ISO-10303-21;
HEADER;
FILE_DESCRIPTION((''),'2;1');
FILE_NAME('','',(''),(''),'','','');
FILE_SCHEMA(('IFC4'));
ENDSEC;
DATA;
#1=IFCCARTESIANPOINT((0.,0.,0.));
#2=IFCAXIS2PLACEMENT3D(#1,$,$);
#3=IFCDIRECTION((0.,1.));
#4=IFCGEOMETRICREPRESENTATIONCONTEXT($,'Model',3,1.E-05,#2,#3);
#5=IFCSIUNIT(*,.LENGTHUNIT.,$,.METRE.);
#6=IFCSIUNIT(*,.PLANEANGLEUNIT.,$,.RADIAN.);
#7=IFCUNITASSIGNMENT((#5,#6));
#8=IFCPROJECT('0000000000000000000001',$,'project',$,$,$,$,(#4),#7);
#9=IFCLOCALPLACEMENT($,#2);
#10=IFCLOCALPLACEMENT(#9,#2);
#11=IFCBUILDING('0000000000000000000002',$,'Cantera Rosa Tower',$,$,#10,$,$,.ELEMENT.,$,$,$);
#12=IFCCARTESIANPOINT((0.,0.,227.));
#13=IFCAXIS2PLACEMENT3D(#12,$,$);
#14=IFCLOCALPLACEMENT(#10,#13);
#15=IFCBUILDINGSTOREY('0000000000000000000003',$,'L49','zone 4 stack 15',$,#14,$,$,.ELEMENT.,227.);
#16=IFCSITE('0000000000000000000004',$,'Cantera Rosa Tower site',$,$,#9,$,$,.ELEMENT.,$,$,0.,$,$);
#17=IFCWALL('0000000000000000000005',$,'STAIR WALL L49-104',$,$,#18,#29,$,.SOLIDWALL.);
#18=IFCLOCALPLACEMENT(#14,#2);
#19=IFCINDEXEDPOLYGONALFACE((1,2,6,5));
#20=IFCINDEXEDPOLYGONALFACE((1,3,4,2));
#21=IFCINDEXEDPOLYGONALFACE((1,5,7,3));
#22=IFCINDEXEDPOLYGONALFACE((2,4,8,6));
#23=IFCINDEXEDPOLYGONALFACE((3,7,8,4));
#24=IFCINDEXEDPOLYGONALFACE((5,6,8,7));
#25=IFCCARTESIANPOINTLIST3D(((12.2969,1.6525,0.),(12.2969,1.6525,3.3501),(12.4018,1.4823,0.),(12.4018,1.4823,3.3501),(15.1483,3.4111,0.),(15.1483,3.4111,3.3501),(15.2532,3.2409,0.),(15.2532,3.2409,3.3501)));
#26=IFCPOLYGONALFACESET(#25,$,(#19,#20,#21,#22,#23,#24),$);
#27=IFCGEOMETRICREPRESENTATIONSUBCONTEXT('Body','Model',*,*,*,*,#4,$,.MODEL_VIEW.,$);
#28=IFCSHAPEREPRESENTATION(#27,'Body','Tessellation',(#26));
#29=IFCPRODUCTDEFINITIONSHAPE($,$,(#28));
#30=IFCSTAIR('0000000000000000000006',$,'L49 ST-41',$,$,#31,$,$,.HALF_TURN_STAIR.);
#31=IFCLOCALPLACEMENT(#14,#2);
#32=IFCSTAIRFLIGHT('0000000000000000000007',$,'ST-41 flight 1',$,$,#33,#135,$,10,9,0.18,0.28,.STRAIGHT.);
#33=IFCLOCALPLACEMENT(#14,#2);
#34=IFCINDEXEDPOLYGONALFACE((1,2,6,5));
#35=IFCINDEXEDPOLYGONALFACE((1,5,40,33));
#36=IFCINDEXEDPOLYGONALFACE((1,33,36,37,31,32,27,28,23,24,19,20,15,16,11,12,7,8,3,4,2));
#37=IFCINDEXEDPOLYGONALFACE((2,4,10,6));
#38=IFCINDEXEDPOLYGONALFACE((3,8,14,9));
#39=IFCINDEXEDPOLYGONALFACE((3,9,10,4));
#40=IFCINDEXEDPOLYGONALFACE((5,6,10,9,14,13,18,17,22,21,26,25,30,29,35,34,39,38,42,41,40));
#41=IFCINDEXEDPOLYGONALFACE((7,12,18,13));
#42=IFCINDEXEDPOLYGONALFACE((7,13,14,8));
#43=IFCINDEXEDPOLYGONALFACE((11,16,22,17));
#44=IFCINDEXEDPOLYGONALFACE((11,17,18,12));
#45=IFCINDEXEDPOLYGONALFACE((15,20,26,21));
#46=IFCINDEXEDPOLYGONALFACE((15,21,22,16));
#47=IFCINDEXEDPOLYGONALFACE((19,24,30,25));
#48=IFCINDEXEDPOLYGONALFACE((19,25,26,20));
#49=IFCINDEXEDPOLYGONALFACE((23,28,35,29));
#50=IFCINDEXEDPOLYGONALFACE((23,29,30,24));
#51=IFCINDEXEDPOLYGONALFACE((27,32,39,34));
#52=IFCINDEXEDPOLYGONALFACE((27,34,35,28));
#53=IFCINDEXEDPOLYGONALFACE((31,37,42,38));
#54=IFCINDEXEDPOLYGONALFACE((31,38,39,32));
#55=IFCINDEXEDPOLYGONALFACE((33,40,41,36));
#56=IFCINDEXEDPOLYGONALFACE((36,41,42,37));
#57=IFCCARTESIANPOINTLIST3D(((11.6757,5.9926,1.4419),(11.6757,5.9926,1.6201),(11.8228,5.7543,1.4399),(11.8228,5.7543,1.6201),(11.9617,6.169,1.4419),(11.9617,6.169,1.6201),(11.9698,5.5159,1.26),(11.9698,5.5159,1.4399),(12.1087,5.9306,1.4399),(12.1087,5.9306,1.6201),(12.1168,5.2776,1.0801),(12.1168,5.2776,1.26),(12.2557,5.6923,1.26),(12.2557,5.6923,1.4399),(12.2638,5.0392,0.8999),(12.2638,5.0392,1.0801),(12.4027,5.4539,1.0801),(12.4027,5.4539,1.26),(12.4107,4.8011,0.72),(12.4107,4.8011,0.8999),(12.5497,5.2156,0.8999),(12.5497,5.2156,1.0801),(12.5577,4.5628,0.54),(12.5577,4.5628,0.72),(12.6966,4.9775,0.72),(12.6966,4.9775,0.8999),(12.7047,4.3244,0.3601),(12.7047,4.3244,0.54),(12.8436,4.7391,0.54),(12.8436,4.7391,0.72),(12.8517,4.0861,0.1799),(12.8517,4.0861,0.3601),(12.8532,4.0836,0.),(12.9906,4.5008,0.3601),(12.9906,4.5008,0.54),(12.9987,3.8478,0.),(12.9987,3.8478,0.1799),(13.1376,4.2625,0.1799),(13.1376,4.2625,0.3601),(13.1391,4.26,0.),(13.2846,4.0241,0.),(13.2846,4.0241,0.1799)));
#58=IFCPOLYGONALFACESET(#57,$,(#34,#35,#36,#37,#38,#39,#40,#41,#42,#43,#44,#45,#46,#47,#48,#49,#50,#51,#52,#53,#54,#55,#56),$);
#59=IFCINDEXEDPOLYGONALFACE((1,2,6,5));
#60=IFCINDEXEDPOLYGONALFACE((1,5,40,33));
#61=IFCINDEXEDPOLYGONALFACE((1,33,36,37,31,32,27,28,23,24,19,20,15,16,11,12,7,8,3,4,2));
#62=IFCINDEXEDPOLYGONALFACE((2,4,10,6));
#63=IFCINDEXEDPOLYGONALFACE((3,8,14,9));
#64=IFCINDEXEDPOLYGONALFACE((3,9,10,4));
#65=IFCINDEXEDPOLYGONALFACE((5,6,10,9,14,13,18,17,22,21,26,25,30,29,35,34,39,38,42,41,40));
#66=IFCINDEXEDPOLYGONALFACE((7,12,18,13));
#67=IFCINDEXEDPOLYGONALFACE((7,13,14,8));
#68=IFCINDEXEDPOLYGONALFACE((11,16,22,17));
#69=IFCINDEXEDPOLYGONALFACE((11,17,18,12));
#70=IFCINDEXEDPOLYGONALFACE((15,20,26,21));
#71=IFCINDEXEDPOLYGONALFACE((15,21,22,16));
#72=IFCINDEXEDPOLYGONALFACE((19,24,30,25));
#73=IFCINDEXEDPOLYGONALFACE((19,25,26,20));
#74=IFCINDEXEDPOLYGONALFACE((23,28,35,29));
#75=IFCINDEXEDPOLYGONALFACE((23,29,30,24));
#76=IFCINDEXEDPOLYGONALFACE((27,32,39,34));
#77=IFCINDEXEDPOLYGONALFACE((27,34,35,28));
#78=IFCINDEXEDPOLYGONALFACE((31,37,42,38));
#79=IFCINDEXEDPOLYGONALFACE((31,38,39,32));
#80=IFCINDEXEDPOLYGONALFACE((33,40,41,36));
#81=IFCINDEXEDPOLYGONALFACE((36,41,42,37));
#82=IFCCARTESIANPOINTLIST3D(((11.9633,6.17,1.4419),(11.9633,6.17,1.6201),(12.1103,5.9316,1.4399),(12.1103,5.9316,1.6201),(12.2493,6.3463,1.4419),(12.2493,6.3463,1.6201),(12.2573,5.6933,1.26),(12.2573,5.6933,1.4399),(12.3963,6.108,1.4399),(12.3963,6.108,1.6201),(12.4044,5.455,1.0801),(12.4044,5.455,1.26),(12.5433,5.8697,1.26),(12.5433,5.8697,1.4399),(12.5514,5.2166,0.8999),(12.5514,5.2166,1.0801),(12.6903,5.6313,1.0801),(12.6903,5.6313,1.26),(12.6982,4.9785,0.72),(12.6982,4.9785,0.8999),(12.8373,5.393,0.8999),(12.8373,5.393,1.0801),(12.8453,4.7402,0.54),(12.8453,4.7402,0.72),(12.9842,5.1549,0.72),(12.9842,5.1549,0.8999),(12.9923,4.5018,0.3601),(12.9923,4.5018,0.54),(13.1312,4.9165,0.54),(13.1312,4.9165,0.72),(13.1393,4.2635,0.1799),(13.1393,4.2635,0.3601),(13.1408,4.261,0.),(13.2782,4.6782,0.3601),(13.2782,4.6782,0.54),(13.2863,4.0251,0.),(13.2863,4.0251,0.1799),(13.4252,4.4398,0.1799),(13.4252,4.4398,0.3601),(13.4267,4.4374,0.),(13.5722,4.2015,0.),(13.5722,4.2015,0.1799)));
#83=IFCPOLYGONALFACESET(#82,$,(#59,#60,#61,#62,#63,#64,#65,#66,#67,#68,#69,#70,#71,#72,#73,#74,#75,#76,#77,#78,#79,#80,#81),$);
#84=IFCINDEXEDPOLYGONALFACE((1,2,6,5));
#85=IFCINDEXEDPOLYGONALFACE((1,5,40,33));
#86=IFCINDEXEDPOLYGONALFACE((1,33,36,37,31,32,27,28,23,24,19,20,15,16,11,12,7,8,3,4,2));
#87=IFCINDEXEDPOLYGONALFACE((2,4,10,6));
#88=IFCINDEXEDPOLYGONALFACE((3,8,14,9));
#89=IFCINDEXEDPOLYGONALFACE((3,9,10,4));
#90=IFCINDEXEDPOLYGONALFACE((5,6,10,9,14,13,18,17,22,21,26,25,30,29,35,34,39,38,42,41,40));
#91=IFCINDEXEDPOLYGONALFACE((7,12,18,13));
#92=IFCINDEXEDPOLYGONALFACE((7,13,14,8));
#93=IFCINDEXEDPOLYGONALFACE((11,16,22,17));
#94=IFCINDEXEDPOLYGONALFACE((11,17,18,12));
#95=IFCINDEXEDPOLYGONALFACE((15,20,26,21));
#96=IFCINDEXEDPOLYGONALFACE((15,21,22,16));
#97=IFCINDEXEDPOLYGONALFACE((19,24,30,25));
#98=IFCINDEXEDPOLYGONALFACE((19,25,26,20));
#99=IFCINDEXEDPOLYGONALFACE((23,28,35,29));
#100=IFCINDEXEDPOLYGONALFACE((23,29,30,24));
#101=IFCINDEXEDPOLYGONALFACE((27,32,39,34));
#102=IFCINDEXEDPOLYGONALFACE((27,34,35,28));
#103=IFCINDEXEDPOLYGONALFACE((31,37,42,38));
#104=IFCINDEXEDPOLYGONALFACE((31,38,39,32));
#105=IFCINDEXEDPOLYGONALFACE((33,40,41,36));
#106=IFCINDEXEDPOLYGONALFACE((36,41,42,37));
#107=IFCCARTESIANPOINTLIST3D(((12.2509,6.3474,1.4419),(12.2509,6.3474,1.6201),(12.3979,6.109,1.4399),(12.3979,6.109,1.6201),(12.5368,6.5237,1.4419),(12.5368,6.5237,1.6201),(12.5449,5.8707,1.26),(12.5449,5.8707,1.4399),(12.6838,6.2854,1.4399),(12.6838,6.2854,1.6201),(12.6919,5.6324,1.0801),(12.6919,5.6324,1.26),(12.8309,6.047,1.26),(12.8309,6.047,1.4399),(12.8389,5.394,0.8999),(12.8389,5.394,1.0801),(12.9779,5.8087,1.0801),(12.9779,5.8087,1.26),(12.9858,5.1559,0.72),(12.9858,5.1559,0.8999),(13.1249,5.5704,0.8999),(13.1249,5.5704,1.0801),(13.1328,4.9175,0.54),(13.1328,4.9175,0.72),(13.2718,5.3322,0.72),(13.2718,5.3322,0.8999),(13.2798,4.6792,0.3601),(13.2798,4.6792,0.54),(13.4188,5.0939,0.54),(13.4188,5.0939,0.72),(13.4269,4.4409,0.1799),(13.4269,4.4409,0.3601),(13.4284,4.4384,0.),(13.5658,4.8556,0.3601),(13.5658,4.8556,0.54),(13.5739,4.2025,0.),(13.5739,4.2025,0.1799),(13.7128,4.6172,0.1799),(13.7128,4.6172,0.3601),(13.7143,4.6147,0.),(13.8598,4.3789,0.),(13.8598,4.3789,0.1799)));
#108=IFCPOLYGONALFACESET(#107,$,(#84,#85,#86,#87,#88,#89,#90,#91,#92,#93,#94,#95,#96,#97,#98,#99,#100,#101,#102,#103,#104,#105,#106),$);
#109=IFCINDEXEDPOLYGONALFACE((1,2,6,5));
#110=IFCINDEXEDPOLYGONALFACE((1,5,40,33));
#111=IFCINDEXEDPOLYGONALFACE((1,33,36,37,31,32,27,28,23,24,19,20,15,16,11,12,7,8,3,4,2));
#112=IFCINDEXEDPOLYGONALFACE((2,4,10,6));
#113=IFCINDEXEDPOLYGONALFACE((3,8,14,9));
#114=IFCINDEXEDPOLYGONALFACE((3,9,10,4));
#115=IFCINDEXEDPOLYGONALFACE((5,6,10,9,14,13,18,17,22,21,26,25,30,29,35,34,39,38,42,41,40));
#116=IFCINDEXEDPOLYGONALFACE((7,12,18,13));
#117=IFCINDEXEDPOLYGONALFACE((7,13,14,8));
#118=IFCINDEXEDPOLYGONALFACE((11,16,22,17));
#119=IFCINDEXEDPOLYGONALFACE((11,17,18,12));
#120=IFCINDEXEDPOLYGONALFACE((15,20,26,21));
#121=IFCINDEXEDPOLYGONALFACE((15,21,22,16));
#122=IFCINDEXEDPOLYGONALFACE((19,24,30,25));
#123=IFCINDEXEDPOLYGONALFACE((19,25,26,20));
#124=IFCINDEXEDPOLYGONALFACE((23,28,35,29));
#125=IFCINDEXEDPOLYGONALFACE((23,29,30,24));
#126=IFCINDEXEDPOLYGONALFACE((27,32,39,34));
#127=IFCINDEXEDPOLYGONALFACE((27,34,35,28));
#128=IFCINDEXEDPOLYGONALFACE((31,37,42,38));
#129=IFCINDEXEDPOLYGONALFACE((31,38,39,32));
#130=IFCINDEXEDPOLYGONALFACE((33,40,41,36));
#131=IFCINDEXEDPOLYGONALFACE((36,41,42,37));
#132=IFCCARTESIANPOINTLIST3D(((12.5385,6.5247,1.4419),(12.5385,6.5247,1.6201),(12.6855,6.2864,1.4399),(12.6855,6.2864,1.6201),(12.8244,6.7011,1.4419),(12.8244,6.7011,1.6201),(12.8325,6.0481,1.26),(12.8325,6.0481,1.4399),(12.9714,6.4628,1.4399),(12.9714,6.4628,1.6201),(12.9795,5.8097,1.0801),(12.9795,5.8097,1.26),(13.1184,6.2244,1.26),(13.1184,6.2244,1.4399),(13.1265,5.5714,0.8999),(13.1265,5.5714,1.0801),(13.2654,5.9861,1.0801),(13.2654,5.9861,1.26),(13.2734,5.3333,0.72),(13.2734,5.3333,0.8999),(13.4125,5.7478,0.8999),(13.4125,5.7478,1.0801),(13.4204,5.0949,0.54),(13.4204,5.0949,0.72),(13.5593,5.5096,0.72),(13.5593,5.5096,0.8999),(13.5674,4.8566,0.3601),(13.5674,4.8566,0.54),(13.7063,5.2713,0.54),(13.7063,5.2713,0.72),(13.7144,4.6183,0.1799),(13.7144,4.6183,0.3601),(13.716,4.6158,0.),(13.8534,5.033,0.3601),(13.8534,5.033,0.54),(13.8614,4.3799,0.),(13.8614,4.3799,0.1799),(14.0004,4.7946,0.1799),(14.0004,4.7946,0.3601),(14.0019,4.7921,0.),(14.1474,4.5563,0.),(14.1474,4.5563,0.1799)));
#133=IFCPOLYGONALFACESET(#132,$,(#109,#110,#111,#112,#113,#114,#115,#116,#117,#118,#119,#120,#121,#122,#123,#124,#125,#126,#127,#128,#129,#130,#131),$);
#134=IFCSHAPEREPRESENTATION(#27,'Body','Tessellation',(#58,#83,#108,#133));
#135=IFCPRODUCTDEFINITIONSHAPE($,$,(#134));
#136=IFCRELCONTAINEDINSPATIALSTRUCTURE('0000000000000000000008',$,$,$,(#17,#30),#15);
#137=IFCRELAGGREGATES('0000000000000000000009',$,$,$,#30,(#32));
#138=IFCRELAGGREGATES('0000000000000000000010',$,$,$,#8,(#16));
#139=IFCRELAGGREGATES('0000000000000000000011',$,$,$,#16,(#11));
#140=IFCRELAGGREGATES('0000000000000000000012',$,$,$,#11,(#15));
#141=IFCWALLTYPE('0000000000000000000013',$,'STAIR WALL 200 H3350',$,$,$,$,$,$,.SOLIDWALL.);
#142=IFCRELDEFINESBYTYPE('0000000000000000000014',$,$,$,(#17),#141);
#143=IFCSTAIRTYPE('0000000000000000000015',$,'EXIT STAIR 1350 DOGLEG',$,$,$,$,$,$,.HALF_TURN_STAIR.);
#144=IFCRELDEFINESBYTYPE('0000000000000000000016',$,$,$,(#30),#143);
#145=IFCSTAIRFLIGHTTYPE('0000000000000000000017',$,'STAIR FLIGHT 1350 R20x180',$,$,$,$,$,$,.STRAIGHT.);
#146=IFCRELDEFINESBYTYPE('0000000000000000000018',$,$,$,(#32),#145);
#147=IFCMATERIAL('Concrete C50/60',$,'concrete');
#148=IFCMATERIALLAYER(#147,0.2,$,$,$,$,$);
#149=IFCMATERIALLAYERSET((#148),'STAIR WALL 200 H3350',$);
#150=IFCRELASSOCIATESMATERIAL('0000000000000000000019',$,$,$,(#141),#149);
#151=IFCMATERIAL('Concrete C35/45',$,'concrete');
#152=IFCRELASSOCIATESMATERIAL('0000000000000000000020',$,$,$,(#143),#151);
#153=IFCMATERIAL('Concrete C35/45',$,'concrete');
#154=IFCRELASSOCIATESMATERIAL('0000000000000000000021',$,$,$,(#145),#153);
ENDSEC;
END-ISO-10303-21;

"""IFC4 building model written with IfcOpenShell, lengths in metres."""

from ifc_helpers import new_model, si_unit, direction, frame, frame_2d, origin, place, context, subcontext, project, spatial, polyline, rectangle, outline, extrude, material, layer, layer_set, type_object, element, aggregate, save


model = new_model("IFC4")

# Units and contexts
model_context = context("Model", 3, precision=1e-05, world=origin(), true_north=direction((0.0, 1.0)))
body_context = subcontext(model_context, "Body", "Model", "MODEL_VIEW")
ifc_project = project(units=[si_unit("LENGTHUNIT", "METRE"), si_unit("PLANEANGLEUNIT", "RADIAN")], contexts=[model_context])

# Site, building, storey
site_placement = place(None, origin())
site = spatial("IfcSite", under=ifc_project, at=site_placement, Name="Cantera Rosa Tower site", CompositionType="ELEMENT", RefElevation=0.0)
building_placement = place(site_placement, origin())
building = spatial("IfcBuilding", under=site, at=building_placement, Name="Cantera Rosa Tower", CompositionType="ELEMENT")
storey_placement = place(building_placement, frame((0.0, 0.0, 227.0)))
storey = spatial("IfcBuildingStorey", under=building, at=storey_placement, Name="L49", Description="zone 4 stack 15", CompositionType="ELEMENT", Elevation=227.0)

# Shared definitions
ifc_material_1 = material(Name="Concrete C50/60", Category="concrete")
ifc_layer_1 = layer(ifc_material_1, 0.2)
ifc_layer_set_1 = layer_set([ifc_layer_1], Name="STAIR WALL 200 H3350")
wall_type_1 = type_object("IfcWallType", Name="STAIR WALL 200 H3350", PredefinedType="SOLIDWALL", material=ifc_layer_set_1)

# Wall
wall_1_placement = place(storey_placement, frame((12.3494, 1.5674, 0.0), z_axis=(0.0, 0.0, 1.0), x_axis=(0.85114, 0.524939, 0.0)))
element("IfcWall", 1, at=wall_1_placement, inside=storey, type_object=wall_type_1, Name="STAIR WALL L49-104", PredefinedType="SOLIDWALL", context=body_context, shape_type="SweptSolid", body=[
    extrude(rectangle(XDim=3.3501, YDim=0.2, at=frame_2d((1.675, 0.0))), origin(), (0.0, 0.0, 1.0), 3.3501),
])

# Stair, stair flight
ifc_material_2 = material(Name="Concrete C35/45", Category="concrete")
stair_type = type_object("IfcStairType", Name="EXIT STAIR 1350 DOGLEG", PredefinedType="HALF_TURN_STAIR", material=ifc_material_2)
stair_placement = place(storey_placement, origin())
stair = element("IfcStair", 2, at=stair_placement, inside=storey, type_object=stair_type, Name="L49 ST-41", PredefinedType="HALF_TURN_STAIR")
ifc_material_3 = material(Name="Concrete C35/45", Category="concrete")
stair_flight_type = type_object("IfcStairFlightType", Name="STAIR FLIGHT 1350 R20x180", PredefinedType="STRAIGHT", material=ifc_material_3)
stair_flight_1_placement = place(storey_placement, frame((13.5732, 4.2021, 0.0), z_axis=(0.0, 0.0, 1.0), x_axis=(-0.524977, 0.851117, 0.0)))
stair_flight_1 = element("IfcStairFlight", 3, at=stair_flight_1_placement, type_object=stair_flight_type, Name="ST-41 flight 1", NumberOfRisers=10, NumberOfTreads=9, PredefinedType="STRAIGHT", RiserHeight=0.18, TreadLength=0.28, context=body_context, shape_type="SweptSolid", body=[
    extrude(outline(polyline([(0.0, 0.0), (0.0, 0.1799), (0.28, 0.1799), (0.28, 0.3601), (0.5601, 0.3601), (0.5601, 0.54), (0.8401, 0.54), (0.8401, 0.72), (1.1201, 0.72), (1.1201, 0.8999), (1.3999, 0.8999), (1.3999, 1.0801), (1.6799, 1.0801), (1.6799, 1.26), (1.96, 1.26), (1.96, 1.4399), (2.24, 1.4399), (2.24, 1.6201), (2.52, 1.6201), (2.52, 1.8), (2.52, 1.4419), (0.2771, 0.0), (0.0, 0.0)])), frame((0.0, 0.675, 0.0), z_axis=(0.0, -1.0, 0.0), x_axis=(1.0, 0.0, 0.0)), (0.0, 0.0, 1.0), 0.3359),
    extrude(outline(polyline([(0.0, 0.0), (0.0, 0.1799), (0.28, 0.1799), (0.28, 0.3601), (0.5601, 0.3601), (0.5601, 0.54), (0.8401, 0.54), (0.8401, 0.72), (1.1201, 0.72), (1.1201, 0.8999), (1.3999, 0.8999), (1.3999, 1.0801), (1.6799, 1.0801), (1.6799, 1.26), (1.96, 1.26), (1.96, 1.4399), (2.24, 1.4399), (2.24, 1.6201), (2.52, 1.6201), (2.52, 1.8), (2.52, 1.4419), (0.2771, 0.0), (0.0, 0.0)])), frame((0.0, 0.3372, 0.0), z_axis=(0.0, -1.0, 0.0), x_axis=(1.0, 0.0, 0.0)), (0.0, 0.0, 1.0), 0.3359),
    extrude(outline(polyline([(0.0, 0.0), (0.0, 0.1799), (0.28, 0.1799), (0.28, 0.3601), (0.5601, 0.3601), (0.5601, 0.54), (0.8401, 0.54), (0.8401, 0.72), (1.1201, 0.72), (1.1201, 0.8999), (1.3999, 0.8999), (1.3999, 1.0801), (1.6799, 1.0801), (1.6799, 1.26), (1.96, 1.26), (1.96, 1.4399), (2.24, 1.4399), (2.24, 1.6201), (2.52, 1.6201), (2.52, 1.8), (2.52, 1.4419), (0.2771, 0.0), (0.0, 0.0)])), frame((0.0, -0.0007, 0.0), z_axis=(0.0, -1.0, 0.0), x_axis=(1.0, 0.0, 0.0)), (0.0, 0.0, 1.0), 0.3359),
    extrude(outline(polyline([(0.0, 0.0), (0.0, 0.1799), (0.28, 0.1799), (0.28, 0.3601), (0.5601, 0.3601), (0.5601, 0.54), (0.8401, 0.54), (0.8401, 0.72), (1.1201, 0.72), (1.1201, 0.8999), (1.3999, 0.8999), (1.3999, 1.0801), (1.6799, 1.0801), (1.6799, 1.26), (1.96, 1.26), (1.96, 1.4399), (2.24, 1.4399), (2.24, 1.6201), (2.52, 1.6201), (2.52, 1.8), (2.52, 1.4419), (0.2771, 0.0), (0.0, 0.0)])), frame((0.0, -0.3386, 0.0), z_axis=(0.0, -1.0, 0.0), x_axis=(1.0, 0.0, 0.0)), (0.0, 0.0, 1.0), 0.3359),
])
aggregate(stair, [stair_flight_1])

save(model, "model.ifc")
